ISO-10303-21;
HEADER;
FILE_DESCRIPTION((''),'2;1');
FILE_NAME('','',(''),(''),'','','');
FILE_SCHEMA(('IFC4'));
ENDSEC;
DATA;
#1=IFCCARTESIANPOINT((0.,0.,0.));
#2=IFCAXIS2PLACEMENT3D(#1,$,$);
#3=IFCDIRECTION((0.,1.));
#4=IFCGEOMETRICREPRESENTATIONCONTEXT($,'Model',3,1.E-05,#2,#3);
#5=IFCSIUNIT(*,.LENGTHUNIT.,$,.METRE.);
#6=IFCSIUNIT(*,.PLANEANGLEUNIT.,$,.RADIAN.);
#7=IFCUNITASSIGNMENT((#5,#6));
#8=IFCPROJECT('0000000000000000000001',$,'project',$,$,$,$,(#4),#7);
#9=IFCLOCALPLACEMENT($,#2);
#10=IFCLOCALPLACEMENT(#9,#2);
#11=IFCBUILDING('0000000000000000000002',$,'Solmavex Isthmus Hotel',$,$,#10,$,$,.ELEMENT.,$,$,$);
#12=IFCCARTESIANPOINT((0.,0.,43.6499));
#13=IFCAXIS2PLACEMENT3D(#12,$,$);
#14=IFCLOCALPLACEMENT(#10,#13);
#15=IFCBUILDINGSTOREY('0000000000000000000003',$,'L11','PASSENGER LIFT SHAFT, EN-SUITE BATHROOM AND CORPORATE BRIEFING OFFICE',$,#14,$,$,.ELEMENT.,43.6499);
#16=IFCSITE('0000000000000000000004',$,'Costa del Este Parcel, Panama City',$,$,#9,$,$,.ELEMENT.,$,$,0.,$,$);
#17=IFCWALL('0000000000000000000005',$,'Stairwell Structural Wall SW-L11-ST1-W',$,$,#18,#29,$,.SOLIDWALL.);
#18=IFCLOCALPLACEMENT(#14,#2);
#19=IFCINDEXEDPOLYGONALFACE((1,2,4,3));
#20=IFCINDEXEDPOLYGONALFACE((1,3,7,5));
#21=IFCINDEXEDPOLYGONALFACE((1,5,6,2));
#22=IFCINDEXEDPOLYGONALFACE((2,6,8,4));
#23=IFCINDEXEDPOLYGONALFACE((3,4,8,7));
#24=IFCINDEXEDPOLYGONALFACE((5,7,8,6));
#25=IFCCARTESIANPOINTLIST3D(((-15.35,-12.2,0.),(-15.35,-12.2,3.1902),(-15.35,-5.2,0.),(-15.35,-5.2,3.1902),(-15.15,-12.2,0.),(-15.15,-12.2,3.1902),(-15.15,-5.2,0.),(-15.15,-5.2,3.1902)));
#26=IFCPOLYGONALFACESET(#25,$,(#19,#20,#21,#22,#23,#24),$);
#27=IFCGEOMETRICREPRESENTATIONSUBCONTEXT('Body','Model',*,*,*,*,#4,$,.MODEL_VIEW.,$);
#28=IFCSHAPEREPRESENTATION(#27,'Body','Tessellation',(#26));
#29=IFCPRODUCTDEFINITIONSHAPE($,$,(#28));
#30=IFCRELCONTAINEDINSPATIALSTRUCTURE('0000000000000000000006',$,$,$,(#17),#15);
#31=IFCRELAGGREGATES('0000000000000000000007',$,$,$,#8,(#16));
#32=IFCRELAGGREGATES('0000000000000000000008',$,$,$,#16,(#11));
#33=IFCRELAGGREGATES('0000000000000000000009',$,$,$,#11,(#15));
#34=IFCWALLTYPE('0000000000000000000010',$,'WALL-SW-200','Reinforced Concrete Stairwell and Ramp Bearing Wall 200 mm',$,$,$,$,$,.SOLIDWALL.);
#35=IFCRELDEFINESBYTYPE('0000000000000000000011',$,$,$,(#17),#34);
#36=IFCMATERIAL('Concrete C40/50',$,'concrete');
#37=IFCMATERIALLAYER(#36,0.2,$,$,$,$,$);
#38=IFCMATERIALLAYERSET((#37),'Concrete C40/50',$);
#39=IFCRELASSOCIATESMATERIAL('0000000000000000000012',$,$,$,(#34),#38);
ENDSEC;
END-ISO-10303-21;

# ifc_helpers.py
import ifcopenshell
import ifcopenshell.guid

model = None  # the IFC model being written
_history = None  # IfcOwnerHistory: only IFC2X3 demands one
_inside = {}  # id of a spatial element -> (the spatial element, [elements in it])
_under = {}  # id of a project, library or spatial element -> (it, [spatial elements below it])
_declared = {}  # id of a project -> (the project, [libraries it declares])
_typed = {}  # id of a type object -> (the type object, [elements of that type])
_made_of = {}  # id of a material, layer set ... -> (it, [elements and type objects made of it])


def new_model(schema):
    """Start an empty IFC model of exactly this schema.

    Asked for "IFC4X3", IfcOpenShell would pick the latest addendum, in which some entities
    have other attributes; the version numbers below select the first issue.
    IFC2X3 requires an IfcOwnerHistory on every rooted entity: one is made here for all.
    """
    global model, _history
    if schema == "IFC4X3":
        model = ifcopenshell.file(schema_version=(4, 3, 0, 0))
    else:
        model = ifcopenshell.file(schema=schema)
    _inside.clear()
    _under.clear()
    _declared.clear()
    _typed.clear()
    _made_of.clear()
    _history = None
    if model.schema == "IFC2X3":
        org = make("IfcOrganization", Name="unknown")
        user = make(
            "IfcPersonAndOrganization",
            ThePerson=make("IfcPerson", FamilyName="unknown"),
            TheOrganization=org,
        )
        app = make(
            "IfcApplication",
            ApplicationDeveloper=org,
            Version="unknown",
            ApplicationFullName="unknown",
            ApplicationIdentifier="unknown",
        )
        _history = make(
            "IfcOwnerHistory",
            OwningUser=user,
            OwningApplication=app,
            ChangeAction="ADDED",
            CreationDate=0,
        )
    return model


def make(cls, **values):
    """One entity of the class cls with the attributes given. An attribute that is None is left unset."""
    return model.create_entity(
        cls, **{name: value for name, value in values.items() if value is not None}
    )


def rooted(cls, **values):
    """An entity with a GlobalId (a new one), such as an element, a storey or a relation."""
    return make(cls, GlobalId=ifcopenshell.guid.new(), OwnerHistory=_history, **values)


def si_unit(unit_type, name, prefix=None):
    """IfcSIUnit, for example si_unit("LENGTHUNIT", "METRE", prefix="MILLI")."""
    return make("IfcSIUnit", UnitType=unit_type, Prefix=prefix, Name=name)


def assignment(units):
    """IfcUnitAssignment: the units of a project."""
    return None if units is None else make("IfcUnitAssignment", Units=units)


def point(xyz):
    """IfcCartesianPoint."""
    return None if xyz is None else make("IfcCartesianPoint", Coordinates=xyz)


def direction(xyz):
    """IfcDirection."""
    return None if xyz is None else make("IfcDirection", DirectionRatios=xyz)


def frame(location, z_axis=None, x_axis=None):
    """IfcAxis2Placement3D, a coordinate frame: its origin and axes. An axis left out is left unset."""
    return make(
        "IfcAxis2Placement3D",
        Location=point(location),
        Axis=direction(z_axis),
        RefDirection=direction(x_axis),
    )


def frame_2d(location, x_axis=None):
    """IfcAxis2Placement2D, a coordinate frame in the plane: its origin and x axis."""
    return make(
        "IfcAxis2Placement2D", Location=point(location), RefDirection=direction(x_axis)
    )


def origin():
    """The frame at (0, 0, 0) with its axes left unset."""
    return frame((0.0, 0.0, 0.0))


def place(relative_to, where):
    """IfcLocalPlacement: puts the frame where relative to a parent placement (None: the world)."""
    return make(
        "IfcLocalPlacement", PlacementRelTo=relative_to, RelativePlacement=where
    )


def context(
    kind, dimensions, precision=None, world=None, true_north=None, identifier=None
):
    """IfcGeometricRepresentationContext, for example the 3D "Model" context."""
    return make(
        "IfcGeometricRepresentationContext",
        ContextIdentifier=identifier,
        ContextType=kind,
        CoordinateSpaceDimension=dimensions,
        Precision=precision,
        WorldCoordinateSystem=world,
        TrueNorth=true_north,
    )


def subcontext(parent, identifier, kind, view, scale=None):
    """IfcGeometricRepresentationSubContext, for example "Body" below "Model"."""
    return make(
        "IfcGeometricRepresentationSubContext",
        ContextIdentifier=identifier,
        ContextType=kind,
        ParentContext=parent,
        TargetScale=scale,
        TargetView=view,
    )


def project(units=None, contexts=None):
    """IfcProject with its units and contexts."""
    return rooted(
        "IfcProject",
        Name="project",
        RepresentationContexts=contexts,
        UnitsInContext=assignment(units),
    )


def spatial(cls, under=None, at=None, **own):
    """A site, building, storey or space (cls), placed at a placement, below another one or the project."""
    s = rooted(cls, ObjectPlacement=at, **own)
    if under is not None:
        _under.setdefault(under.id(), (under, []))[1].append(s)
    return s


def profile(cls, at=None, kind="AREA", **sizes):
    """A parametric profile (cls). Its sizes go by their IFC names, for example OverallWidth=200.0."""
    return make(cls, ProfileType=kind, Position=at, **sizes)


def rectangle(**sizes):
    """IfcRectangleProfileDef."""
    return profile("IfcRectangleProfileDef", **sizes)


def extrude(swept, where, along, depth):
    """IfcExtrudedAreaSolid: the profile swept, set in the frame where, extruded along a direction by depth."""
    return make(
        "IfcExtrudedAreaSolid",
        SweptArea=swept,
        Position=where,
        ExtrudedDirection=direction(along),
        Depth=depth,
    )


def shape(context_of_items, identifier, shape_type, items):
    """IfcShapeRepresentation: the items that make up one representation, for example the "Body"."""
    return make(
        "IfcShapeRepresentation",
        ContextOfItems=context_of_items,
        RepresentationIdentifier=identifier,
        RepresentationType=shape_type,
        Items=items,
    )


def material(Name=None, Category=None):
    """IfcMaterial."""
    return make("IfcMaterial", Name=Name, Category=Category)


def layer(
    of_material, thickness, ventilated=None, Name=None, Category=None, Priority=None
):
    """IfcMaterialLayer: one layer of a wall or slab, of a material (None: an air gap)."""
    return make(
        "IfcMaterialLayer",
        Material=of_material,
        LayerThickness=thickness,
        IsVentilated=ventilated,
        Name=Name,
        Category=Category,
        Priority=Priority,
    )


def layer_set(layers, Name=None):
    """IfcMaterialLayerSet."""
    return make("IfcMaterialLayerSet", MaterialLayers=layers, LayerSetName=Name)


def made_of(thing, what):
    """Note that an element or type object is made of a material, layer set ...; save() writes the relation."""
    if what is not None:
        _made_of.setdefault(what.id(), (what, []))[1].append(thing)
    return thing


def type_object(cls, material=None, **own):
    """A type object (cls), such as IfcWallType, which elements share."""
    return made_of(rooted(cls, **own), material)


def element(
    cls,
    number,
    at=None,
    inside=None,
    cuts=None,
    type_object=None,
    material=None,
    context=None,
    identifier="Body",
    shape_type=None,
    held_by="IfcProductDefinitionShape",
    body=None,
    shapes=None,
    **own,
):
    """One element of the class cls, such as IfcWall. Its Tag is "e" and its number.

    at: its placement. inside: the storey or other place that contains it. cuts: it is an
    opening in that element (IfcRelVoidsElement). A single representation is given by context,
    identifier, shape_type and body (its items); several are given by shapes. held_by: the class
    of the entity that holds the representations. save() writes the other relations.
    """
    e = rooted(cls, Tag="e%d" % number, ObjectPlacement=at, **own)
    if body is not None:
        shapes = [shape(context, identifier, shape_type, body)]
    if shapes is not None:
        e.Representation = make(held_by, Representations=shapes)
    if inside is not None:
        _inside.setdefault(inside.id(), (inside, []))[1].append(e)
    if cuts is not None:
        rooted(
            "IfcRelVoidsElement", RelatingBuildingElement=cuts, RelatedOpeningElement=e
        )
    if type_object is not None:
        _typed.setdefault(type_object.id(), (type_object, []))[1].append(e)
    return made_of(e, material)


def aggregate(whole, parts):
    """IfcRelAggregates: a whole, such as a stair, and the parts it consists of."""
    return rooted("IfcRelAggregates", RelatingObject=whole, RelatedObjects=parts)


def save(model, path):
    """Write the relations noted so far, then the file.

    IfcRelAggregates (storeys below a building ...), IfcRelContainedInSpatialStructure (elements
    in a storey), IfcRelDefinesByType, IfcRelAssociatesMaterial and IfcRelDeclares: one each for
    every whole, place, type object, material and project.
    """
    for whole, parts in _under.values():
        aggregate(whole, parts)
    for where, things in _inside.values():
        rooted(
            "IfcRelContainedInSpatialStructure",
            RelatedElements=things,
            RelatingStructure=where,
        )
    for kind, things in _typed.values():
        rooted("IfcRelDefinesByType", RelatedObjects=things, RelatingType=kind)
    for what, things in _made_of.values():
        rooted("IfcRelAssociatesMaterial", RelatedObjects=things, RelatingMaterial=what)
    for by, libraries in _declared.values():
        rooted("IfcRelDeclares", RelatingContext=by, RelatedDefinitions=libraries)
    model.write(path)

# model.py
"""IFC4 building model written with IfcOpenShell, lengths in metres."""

from ifc_helpers import new_model, si_unit, direction, frame, frame_2d, origin, place, context, subcontext, project, spatial, rectangle, extrude, material, layer, layer_set, type_object, element, save


model = new_model("IFC4")

# Units and contexts
model_context = context("Model", 3, precision=1e-05, world=origin(), true_north=direction((0.0, 1.0)))
body_context = subcontext(model_context, "Body", "Model", "MODEL_VIEW")
ifc_project = project(units=[si_unit("LENGTHUNIT", "METRE"), si_unit("PLANEANGLEUNIT", "RADIAN")], contexts=[model_context])

# Site, building, storey
site_placement = place(None, origin())
site = spatial("IfcSite", under=ifc_project, at=site_placement, Name="Costa del Este Parcel, Panama City", CompositionType="ELEMENT", RefElevation=0.0)
building_placement = place(site_placement, origin())
building = spatial("IfcBuilding", under=site, at=building_placement, Name="Solmavex Isthmus Hotel", CompositionType="ELEMENT")
storey_placement = place(building_placement, frame((0.0, 0.0, 43.6499)))
storey = spatial("IfcBuildingStorey", under=building, at=storey_placement, Name="L11", Description="PASSENGER LIFT SHAFT, EN-SUITE BATHROOM AND CORPORATE BRIEFING OFFICE", CompositionType="ELEMENT", Elevation=43.6499)

# Wall
ifc_material_1 = material(Name="Concrete C40/50", Category="concrete")
ifc_layer_1 = layer(ifc_material_1, 0.2)
ifc_layer_set_1 = layer_set([ifc_layer_1], Name="Concrete C40/50")
wall_type_1 = type_object("IfcWallType", Name="WALL-SW-200", Description="Reinforced Concrete Stairwell and Ramp Bearing Wall 200 mm", PredefinedType="SOLIDWALL", material=ifc_layer_set_1)
wall_1_placement = place(storey_placement, frame((-15.25, -12.2, 0.0), z_axis=(0.0, 0.0, 1.0), x_axis=(0.0, 1.0, 0.0)))
element("IfcWall", 1, at=wall_1_placement, inside=storey, type_object=wall_type_1, Name="Stairwell Structural Wall SW-L11-ST1-W", PredefinedType="SOLIDWALL", context=body_context, shape_type="SweptSolid", body=[
    extrude(rectangle(XDim=7.0, YDim=0.2, at=frame_2d((3.5, 0.0))), origin(), (0.0, 0.0, 1.0), 3.1902),
])

save(model, "model.ifc")
